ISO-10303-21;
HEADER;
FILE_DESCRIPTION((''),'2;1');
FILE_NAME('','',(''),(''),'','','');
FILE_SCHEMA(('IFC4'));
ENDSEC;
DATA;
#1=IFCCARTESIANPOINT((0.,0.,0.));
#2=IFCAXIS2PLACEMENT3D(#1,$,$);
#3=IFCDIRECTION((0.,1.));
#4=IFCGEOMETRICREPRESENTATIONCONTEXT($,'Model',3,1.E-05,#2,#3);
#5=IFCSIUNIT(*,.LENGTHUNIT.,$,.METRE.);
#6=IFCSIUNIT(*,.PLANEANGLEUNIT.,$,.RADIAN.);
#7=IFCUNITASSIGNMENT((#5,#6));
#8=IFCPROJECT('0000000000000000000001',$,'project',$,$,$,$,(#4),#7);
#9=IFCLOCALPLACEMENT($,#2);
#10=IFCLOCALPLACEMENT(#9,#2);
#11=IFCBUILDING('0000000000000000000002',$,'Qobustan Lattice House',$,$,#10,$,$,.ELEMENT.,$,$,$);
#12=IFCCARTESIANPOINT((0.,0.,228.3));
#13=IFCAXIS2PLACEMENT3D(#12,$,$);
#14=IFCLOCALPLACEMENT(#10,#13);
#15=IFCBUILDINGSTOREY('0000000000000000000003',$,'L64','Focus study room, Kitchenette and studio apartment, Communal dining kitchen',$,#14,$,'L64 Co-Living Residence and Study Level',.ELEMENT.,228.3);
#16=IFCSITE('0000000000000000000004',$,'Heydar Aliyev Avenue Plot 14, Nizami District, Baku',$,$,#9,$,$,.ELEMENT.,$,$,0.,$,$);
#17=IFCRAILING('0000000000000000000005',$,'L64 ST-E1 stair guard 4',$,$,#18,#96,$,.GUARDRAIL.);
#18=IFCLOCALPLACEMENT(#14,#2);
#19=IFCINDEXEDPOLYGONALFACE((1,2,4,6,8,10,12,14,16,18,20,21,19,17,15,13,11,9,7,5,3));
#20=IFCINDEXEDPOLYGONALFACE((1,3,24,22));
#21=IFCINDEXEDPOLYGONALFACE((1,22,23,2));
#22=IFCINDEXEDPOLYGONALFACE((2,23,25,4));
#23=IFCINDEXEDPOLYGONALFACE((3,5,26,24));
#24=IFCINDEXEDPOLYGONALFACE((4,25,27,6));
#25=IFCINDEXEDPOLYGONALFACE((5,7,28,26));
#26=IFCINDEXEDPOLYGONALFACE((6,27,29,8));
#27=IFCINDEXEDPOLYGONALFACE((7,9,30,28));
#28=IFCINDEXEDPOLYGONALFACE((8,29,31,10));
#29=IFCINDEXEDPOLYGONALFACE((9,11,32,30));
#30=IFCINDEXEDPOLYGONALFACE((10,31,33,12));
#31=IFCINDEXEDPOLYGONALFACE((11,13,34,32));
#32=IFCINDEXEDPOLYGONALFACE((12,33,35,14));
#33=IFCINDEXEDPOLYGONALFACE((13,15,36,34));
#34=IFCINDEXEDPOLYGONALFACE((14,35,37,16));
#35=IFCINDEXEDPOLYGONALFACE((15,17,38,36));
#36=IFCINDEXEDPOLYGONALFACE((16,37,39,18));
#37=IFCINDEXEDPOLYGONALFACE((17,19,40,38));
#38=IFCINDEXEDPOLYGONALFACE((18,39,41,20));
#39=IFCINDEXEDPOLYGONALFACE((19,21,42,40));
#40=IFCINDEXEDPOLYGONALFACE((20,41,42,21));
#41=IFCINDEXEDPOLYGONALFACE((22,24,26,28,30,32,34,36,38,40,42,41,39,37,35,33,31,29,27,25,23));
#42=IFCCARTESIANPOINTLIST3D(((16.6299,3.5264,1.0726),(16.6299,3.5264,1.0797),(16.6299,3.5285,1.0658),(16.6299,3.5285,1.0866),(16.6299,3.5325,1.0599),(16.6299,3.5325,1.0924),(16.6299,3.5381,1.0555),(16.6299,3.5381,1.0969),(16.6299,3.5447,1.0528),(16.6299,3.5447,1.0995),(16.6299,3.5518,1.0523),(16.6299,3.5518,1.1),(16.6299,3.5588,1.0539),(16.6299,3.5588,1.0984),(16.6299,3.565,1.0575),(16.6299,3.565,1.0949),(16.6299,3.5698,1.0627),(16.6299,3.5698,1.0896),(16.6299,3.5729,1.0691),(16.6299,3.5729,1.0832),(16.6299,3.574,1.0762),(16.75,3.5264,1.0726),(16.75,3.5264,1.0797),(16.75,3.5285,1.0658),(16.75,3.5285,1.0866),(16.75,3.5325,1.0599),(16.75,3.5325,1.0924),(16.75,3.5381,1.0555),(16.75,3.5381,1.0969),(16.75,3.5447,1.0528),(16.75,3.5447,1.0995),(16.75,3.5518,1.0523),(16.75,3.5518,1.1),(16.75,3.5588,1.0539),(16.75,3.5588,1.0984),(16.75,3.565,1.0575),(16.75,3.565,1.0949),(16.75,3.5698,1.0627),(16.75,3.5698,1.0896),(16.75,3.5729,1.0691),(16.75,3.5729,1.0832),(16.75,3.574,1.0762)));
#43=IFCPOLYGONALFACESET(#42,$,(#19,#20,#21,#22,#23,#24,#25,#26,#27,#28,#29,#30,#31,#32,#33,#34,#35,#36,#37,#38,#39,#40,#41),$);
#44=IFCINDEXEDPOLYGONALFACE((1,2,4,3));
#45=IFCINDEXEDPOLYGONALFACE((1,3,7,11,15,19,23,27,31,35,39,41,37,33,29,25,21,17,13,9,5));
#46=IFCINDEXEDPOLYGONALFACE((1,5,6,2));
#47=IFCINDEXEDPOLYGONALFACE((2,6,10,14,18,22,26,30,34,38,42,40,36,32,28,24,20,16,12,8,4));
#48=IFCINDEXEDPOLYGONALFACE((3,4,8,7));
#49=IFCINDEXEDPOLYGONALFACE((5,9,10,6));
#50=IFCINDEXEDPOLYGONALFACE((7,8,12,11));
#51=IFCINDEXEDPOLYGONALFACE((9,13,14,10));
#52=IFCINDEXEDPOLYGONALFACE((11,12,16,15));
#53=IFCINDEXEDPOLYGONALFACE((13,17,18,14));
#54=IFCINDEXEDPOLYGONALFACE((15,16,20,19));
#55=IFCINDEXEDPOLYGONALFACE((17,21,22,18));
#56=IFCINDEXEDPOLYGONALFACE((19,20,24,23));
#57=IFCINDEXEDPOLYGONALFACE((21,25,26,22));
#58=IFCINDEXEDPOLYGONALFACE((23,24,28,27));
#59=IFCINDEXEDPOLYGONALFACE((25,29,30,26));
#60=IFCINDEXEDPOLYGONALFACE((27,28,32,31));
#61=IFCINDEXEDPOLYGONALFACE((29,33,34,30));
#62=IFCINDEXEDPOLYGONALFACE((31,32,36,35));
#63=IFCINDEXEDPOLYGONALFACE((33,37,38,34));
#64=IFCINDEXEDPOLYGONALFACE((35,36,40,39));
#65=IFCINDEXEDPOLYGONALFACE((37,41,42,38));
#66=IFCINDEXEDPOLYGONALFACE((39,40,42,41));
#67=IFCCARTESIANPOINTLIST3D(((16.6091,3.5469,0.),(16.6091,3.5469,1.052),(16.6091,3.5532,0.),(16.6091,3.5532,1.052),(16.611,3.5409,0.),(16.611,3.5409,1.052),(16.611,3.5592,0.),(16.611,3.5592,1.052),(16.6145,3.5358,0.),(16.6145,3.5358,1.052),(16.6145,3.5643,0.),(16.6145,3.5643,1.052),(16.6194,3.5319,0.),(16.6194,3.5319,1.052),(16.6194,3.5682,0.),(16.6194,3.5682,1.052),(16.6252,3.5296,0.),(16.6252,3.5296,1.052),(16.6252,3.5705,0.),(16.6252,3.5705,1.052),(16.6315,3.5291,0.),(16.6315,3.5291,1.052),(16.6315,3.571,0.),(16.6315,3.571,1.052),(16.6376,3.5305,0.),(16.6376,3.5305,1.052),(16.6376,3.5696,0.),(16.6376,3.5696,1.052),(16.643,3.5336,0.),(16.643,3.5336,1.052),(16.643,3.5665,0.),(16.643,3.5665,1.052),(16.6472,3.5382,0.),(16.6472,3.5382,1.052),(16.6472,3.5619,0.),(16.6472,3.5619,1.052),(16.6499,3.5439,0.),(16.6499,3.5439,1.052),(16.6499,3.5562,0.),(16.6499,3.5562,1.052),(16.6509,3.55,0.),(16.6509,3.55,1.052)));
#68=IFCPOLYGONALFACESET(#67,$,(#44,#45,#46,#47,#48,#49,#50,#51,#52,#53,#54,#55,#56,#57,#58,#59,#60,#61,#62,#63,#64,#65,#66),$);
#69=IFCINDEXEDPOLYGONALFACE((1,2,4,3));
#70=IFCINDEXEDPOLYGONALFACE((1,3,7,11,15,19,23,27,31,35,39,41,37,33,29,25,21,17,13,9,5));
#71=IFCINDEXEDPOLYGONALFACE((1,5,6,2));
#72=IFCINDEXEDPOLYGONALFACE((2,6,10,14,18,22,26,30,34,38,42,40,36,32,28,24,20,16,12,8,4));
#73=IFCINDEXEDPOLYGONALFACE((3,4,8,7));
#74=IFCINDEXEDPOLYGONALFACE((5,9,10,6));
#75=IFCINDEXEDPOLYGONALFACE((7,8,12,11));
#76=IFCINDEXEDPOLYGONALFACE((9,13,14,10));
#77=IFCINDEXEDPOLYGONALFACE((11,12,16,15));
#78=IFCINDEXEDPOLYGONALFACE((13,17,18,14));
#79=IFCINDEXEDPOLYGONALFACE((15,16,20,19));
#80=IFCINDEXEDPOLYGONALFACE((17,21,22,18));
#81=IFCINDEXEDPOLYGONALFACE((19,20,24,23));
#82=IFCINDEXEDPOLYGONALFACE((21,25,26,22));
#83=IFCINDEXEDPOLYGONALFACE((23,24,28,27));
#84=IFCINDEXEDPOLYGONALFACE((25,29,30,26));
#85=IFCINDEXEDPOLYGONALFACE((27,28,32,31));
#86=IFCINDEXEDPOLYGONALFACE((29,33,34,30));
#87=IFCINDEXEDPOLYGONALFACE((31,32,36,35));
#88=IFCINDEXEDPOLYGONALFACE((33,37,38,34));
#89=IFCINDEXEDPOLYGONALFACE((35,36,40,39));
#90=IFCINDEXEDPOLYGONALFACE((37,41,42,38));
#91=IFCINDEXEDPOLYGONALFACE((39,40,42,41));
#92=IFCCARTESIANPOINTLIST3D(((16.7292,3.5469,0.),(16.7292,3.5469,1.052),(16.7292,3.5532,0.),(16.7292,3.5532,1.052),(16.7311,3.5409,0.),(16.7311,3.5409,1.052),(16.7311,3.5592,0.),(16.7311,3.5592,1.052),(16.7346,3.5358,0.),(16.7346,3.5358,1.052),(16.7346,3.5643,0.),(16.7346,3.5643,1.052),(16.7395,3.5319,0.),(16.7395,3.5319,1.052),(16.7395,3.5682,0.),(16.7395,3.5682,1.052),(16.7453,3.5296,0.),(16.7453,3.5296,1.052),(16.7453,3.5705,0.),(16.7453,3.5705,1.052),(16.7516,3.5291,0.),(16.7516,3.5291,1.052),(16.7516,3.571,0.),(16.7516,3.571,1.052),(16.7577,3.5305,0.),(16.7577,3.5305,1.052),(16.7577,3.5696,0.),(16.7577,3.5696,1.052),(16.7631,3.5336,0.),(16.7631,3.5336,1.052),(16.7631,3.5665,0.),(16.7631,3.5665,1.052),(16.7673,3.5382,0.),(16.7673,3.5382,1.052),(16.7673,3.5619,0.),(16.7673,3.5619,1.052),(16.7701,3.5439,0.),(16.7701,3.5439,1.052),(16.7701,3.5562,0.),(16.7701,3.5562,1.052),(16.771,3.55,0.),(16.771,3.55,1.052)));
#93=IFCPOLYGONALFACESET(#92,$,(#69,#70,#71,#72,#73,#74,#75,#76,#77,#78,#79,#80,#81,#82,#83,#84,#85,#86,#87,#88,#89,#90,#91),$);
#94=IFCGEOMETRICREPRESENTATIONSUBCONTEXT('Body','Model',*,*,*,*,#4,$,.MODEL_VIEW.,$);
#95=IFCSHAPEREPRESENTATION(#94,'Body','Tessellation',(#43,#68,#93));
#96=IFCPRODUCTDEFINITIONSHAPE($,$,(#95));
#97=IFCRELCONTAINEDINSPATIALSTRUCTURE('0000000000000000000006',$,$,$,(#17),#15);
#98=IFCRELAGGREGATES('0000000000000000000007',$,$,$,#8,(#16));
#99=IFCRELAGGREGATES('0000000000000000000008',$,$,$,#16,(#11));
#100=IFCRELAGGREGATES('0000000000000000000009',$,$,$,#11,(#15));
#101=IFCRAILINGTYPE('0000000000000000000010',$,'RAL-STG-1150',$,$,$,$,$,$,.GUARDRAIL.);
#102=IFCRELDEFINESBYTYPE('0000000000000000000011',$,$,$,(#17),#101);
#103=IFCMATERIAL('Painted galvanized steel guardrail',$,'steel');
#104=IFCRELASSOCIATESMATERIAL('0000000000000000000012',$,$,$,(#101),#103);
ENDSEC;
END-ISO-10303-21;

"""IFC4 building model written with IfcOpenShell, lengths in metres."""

from ifc_helpers import new_model, si_unit, direction, frame, origin, origin_2d, place, context, subcontext, project, spatial, circle, extrude, material, type_object, element, save


model = new_model("IFC4")

# Units and contexts
model_context = context("Model", 3, precision=1e-05, world=origin(), true_north=direction((0.0, 1.0)))
body_context = subcontext(model_context, "Body", "Model", "MODEL_VIEW")
ifc_project = project(units=[si_unit("LENGTHUNIT", "METRE"), si_unit("PLANEANGLEUNIT", "RADIAN")], contexts=[model_context])

# Site, building, storey
site_placement = place(None, origin())
site = spatial("IfcSite", under=ifc_project, at=site_placement, Name="Heydar Aliyev Avenue Plot 14, Nizami District, Baku", CompositionType="ELEMENT", RefElevation=0.0)
building_placement = place(site_placement, origin())
building = spatial("IfcBuilding", under=site, at=building_placement, Name="Qobustan Lattice House", CompositionType="ELEMENT")
storey_placement = place(building_placement, frame((0.0, 0.0, 228.3)))
storey = spatial("IfcBuildingStorey", under=building, at=storey_placement, Name="L64", Description="Focus study room, Kitchenette and studio apartment, Communal dining kitchen", LongName="L64 Co-Living Residence and Study Level", CompositionType="ELEMENT", Elevation=228.3)

# Railing
ifc_material_1 = material(Name="Painted galvanized steel guardrail", Category="steel")
railing_type_1 = type_object("IfcRailingType", Name="RAL-STG-1150", PredefinedType="GUARDRAIL", material=ifc_material_1)
railing_1_placement = place(storey_placement, frame((16.6299, 3.55, 0.0)))
element("IfcRailing", 1, at=railing_1_placement, inside=storey, type_object=railing_type_1, Name="L64 ST-E1 stair guard 4", PredefinedType="GUARDRAIL", context=body_context, shape_type="SweptSolid", body=[
    extrude(circle(Radius=0.0239, at=origin_2d()), frame((0.0, 0.0, 1.0762), z_axis=(1.0, 0.0, 0.0), x_axis=(0.0, 1.0, 0.0)), (0.0, 0.0, 1.0), 0.1201),
    extrude(circle(Radius=0.021, at=origin_2d()), origin(), (0.0, 0.0, 1.0), 1.052),
    extrude(circle(Radius=0.021, at=origin_2d()), frame((0.1201, 0.0, 0.0)), (0.0, 0.0, 1.0), 1.052),
])

save(model, "model.ifc")
